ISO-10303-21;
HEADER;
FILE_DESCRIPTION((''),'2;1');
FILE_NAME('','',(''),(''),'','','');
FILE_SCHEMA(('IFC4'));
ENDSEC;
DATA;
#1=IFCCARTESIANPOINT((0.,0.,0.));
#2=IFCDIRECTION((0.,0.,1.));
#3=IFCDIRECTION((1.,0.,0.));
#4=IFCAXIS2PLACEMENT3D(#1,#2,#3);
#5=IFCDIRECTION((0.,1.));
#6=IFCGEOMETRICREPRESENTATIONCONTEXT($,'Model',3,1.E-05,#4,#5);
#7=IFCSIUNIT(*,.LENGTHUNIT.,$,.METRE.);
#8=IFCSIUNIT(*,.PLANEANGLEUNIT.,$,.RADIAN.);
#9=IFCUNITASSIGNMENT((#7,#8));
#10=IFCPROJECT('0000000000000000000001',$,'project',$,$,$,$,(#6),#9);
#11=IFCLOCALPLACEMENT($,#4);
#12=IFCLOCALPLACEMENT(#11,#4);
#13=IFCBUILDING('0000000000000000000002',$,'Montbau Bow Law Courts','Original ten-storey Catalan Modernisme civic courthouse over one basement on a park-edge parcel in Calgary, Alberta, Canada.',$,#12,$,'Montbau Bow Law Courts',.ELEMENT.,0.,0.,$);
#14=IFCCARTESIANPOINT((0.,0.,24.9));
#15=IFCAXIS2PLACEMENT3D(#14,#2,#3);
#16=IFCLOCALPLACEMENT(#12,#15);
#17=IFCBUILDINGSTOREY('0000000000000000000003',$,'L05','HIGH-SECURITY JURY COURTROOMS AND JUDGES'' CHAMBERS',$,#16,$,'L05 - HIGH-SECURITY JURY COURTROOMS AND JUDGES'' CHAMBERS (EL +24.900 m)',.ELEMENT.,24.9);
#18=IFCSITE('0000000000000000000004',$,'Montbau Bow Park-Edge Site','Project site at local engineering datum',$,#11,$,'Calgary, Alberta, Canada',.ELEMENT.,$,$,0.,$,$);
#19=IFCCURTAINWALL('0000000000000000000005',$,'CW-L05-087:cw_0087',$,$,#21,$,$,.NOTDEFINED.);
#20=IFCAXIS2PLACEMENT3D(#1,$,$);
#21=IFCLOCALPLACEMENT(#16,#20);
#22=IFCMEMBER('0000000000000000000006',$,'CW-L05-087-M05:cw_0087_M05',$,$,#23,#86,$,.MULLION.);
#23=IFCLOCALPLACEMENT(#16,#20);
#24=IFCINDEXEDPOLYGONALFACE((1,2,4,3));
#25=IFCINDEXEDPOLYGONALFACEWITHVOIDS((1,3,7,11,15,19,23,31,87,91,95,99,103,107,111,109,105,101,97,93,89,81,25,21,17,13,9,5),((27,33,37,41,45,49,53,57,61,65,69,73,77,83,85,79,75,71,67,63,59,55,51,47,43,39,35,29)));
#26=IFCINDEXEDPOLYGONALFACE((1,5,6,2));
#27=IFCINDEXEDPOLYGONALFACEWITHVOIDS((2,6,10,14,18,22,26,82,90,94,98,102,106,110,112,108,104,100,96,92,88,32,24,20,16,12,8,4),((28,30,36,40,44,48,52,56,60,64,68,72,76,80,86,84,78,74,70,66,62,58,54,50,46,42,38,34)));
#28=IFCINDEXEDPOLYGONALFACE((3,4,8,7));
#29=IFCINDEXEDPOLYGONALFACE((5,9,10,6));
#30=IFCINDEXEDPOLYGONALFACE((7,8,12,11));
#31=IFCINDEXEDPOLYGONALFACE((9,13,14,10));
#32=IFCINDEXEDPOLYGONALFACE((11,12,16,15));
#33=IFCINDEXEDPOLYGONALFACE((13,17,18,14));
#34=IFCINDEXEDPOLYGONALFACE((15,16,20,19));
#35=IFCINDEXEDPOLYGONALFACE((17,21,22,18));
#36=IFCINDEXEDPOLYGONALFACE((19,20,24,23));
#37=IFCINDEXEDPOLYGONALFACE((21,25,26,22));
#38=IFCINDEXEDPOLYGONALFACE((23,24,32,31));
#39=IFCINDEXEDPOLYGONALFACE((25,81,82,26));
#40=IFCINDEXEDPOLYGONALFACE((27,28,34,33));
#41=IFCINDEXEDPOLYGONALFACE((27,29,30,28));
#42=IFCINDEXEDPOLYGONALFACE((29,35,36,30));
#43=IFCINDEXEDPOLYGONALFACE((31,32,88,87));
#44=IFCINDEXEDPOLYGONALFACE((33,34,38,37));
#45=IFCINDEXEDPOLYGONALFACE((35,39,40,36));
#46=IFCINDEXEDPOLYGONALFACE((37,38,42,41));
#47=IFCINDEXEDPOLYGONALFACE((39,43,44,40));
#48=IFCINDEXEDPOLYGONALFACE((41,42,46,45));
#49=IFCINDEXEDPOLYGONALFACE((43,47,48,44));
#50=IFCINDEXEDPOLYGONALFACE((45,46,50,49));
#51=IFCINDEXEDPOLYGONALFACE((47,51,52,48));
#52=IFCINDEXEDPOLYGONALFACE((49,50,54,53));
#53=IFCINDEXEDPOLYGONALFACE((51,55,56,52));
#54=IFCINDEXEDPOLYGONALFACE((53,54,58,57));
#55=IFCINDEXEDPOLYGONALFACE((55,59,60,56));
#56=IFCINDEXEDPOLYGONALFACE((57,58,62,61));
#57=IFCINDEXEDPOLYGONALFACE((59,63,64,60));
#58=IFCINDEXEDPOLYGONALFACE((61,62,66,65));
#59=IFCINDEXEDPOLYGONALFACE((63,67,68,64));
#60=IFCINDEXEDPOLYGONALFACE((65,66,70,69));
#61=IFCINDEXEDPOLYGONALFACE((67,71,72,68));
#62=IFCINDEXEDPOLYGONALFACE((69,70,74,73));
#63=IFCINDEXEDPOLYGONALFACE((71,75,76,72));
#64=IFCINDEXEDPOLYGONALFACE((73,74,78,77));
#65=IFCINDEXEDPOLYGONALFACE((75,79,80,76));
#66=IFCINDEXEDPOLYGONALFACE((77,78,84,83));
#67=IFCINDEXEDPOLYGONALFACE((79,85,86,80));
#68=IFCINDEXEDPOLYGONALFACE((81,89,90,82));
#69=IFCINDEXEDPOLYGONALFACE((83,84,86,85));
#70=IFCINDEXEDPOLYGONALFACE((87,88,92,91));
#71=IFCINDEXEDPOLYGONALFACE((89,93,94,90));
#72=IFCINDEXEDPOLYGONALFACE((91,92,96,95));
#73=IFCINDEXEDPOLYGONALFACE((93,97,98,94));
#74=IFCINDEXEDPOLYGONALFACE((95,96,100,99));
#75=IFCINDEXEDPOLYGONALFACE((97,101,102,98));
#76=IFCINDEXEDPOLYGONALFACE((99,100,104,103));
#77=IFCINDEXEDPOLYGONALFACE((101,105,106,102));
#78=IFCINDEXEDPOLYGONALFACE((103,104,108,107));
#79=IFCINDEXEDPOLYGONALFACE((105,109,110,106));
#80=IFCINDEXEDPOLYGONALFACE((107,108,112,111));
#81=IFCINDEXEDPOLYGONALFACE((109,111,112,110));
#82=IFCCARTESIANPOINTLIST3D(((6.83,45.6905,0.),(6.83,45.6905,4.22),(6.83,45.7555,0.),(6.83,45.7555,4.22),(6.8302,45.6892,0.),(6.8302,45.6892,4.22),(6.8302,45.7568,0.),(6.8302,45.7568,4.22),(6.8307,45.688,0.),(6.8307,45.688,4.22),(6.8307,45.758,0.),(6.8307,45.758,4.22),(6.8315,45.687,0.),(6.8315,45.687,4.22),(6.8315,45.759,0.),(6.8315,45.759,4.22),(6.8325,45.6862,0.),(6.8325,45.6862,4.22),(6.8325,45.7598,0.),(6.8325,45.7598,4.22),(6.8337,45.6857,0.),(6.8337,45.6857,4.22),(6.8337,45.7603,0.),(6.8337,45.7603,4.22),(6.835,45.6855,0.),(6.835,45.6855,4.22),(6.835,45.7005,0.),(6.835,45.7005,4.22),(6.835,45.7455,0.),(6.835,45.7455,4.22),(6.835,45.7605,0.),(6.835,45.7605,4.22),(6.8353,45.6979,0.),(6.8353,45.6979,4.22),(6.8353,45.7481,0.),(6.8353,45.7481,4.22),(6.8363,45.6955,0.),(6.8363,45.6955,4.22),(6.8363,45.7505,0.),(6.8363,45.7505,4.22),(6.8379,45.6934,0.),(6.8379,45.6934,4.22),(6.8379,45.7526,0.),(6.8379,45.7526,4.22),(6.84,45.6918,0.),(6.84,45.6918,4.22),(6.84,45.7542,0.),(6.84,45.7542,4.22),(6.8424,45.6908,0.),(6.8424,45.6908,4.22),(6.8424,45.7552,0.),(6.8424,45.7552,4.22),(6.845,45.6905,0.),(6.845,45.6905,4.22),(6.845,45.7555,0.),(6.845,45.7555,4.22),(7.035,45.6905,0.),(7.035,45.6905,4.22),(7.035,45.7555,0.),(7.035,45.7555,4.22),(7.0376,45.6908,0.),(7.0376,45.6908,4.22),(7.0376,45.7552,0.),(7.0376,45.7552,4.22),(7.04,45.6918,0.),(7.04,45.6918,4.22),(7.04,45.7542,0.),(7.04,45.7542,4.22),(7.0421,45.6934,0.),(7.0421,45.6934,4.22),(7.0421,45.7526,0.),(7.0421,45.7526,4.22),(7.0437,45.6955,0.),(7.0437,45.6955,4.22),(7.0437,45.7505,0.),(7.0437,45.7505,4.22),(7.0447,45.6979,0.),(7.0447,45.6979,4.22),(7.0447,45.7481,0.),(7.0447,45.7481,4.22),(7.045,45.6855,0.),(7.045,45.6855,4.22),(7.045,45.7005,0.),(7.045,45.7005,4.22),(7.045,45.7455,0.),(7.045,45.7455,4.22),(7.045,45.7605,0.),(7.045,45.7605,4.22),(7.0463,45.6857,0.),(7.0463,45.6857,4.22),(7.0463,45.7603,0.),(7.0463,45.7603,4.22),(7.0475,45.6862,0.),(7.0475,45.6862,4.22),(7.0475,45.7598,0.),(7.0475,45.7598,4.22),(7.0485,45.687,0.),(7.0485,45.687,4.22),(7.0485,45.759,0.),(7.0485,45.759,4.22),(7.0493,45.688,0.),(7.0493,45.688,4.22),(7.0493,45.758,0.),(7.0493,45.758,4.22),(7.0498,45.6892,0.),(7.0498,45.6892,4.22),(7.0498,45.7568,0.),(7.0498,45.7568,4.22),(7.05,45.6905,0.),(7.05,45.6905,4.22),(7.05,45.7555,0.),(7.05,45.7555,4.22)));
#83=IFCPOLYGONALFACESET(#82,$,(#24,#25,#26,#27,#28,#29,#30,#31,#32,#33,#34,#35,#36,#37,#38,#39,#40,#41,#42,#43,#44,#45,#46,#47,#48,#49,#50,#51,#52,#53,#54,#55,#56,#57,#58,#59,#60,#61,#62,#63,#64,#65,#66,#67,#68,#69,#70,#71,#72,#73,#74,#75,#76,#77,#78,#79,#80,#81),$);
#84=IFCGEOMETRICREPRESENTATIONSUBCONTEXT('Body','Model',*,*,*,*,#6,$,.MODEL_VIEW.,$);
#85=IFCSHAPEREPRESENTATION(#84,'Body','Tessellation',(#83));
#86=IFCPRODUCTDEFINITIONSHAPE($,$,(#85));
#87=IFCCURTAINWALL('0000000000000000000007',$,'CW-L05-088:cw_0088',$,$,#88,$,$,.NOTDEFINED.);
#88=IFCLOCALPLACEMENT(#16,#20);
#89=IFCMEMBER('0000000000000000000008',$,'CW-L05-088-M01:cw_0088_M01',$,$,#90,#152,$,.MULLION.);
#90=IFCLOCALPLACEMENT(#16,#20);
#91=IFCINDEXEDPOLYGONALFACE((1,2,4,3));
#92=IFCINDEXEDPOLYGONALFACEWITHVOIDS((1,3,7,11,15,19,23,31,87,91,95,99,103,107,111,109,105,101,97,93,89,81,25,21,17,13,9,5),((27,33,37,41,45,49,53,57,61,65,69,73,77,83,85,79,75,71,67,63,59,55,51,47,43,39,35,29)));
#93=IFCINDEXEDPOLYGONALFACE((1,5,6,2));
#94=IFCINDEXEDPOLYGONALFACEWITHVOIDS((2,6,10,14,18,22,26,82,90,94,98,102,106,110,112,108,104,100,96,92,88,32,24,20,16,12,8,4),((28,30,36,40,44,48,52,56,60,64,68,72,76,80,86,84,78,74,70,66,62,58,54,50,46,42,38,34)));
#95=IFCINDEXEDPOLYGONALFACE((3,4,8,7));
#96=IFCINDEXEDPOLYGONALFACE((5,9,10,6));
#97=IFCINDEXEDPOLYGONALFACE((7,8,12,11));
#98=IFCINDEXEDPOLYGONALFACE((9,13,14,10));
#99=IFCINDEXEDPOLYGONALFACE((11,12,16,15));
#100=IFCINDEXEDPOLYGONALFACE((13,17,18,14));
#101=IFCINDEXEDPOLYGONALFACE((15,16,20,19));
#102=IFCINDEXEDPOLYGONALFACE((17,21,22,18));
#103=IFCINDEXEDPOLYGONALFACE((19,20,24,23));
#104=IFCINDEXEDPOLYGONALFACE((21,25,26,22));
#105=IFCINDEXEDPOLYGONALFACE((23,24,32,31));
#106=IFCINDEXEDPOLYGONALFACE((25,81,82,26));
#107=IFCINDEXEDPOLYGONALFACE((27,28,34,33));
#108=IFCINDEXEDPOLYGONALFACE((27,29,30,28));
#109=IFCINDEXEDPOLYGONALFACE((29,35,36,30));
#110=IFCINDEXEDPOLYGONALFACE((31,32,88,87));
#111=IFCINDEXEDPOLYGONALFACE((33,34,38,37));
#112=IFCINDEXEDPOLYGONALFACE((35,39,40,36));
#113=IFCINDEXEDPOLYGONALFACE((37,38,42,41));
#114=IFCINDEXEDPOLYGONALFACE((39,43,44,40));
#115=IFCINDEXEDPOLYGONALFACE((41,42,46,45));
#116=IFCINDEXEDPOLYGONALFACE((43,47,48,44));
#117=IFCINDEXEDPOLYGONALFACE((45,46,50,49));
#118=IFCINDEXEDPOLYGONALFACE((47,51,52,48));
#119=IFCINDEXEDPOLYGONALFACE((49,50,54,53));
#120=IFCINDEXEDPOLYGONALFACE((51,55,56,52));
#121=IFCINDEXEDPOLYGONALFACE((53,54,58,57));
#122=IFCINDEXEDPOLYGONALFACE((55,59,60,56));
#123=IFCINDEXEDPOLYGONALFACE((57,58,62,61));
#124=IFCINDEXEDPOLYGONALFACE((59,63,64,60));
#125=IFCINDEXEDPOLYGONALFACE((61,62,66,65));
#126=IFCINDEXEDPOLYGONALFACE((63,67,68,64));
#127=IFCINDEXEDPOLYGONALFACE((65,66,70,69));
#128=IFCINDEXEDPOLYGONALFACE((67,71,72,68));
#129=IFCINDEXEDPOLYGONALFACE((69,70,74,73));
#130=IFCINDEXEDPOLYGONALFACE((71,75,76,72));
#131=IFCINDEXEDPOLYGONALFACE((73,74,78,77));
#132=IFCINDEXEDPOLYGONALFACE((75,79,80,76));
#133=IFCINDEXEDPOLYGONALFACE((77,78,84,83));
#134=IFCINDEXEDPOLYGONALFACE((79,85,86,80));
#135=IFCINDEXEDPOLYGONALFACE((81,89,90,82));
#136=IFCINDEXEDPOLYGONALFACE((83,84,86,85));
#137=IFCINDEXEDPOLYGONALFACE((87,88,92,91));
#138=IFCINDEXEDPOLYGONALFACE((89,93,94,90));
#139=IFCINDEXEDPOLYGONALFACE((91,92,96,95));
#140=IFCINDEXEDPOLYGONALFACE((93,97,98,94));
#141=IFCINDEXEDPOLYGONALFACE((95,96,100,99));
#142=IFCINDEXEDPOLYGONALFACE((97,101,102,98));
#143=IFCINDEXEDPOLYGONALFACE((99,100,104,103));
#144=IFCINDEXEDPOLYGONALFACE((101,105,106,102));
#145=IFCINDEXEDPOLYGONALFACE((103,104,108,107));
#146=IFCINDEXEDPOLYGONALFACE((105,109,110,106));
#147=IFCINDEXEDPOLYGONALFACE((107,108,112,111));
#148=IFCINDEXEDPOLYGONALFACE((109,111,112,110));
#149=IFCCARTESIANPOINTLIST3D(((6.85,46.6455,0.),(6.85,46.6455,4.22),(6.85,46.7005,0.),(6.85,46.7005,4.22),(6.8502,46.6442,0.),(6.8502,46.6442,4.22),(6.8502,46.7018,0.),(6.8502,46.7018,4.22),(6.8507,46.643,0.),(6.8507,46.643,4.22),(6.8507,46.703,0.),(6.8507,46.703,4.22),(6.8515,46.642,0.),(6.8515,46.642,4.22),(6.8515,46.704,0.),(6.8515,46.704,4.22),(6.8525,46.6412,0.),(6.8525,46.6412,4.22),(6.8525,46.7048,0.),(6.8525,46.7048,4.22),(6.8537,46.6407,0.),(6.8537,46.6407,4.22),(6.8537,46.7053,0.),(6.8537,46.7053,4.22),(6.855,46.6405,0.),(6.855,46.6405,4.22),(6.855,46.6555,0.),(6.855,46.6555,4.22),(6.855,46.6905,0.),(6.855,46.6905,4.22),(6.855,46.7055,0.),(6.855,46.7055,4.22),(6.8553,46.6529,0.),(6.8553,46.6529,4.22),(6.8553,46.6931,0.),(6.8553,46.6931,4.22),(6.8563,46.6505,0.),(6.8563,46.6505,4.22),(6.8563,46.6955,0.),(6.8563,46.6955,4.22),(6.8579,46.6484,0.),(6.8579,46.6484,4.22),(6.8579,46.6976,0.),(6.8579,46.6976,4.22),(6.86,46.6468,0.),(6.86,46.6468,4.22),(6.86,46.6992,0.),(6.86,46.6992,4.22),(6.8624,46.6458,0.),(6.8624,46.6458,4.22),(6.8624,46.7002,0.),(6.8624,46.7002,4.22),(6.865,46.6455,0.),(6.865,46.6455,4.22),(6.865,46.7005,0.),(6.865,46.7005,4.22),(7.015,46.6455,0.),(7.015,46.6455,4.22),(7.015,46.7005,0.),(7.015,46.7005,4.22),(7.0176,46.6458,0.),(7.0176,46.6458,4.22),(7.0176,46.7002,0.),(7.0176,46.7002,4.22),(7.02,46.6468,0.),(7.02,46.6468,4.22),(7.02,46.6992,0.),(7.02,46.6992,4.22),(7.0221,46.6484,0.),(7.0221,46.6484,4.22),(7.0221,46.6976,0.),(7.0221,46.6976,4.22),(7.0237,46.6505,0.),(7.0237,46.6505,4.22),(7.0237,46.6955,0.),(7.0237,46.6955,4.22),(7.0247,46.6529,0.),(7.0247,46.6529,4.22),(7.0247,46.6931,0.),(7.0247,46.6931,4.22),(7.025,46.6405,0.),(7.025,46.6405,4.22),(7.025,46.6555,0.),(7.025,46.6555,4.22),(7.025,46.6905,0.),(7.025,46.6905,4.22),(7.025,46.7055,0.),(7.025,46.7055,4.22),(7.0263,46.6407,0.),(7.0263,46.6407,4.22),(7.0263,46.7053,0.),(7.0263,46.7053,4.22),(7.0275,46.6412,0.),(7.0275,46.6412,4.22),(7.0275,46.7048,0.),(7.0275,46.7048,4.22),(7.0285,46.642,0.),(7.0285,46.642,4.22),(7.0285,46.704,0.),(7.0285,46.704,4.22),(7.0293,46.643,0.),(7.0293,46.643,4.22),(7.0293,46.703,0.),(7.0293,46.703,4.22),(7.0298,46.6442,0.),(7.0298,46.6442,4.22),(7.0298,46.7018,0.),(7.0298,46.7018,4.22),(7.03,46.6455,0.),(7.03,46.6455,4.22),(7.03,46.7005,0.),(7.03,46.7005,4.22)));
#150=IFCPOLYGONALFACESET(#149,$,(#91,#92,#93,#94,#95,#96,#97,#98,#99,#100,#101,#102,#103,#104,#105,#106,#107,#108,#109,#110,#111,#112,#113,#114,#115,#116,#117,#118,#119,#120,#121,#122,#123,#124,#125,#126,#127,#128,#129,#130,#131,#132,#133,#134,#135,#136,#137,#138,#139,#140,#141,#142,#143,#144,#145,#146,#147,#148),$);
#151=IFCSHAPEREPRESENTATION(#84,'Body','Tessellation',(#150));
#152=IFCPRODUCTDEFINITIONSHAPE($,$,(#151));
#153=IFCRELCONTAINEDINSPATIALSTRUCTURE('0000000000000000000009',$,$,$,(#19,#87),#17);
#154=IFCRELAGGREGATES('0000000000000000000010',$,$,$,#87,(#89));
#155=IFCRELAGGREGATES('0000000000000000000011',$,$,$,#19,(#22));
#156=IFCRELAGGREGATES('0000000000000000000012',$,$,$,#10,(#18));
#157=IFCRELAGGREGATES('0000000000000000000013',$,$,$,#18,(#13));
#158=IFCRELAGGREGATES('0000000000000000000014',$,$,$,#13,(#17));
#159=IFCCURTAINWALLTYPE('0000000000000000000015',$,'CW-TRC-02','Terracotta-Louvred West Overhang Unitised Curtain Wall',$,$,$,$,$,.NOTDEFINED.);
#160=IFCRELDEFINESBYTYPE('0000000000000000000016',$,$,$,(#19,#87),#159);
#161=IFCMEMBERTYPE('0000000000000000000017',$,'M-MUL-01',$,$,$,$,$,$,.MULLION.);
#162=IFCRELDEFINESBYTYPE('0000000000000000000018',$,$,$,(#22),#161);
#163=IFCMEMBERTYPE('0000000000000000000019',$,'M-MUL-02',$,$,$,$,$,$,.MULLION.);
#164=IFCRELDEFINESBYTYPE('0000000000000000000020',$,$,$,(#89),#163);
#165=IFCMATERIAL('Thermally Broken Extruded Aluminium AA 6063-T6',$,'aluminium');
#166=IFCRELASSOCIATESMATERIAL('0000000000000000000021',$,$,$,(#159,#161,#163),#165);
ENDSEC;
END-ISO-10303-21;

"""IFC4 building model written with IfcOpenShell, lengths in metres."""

from ifc_helpers import new_model, si_unit, direction, frame, origin_with_axes, origin_2d_with_axis, place, context, subcontext, project, spatial, hollow_rectangle, extrude, material, material_profile, profile_set, type_object, element, aggregate, save


model = new_model("IFC4")

# Units and contexts
model_context = context("Model", 3, precision=1e-05, world=origin_with_axes(), true_north=direction((0.0, 1.0)))
body_context = subcontext(model_context, "Body", "Model", "MODEL_VIEW")
ifc_project = project(units=[si_unit("LENGTHUNIT", "METRE"), si_unit("PLANEANGLEUNIT", "RADIAN")], contexts=[model_context])

# Site, building, storey
site_placement = place(None, origin_with_axes())
site = spatial("IfcSite", under=ifc_project, at=site_placement, Name="Montbau Bow Park-Edge Site", Description="Project site at local engineering datum", LongName="Calgary, Alberta, Canada", CompositionType="ELEMENT", RefElevation=0.0)
building_placement = place(site_placement, origin_with_axes())
building = spatial("IfcBuilding", under=site, at=building_placement, Name="Montbau Bow Law Courts", Description="Original ten-storey Catalan Modernisme civic courthouse over one basement on a park-edge parcel in Calgary, Alberta, Canada.", LongName="Montbau Bow Law Courts", CompositionType="ELEMENT", ElevationOfRefHeight=0.0, ElevationOfTerrain=0.0)
storey_placement = place(building_placement, frame((0.0, 0.0, 24.9), z_axis=(0.0, 0.0, 1.0), x_axis=(1.0, 0.0, 0.0)))
storey = spatial("IfcBuildingStorey", under=building, at=storey_placement, Name="L05", Description="HIGH-SECURITY JURY COURTROOMS AND JUDGES' CHAMBERS", LongName="L05 - HIGH-SECURITY JURY COURTROOMS AND JUDGES' CHAMBERS (EL +24.900 m)", CompositionType="ELEMENT", Elevation=24.9)

# Curtain wall, member
ifc_material_1 = material(Name="Thermally Broken Extruded Aluminium AA 6063-T6", Category="aluminium")
curtain_wall_type = type_object("IfcCurtainWallType", Name="CW-TRC-02", Description="Terracotta-Louvred West Overhang Unitised Curtain Wall", PredefinedType="NOTDEFINED", material=ifc_material_1)
curtain_wall_1_placement = place(None, frame((6.94, 39.44, 24.9), z_axis=(0.0, 0.0, 1.0), x_axis=(1.0, 0.0, 0.0)))
curtain_wall_1 = element("IfcCurtainWall", 1, at=curtain_wall_1_placement, inside=storey, type_object=curtain_wall_type, Name="CW-L05-087:cw_0087", PredefinedType="NOTDEFINED")
ifc_material_profile_1 = material_profile(ifc_material_1, hollow_rectangle(XDim=0.075, YDim=0.22, WallThickness=0.005, InnerFilletRadius=0.01, OuterFilletRadius=0.005, at=origin_2d_with_axis()), Name="CWM-220X75", Category="Main", Priority=0)
ifc_profile_set_1 = profile_set([ifc_material_profile_1], Name="Thermally Broken Extruded Aluminium AA 6063-T6")
member_type_1 = type_object("IfcMemberType", Name="M-MUL-01", PredefinedType="MULLION", material=ifc_profile_set_1)
member_1_placement = place(None, frame((6.94, 45.723, 24.9), z_axis=(0.0, 0.0, 1.0), x_axis=(0.0, 1.0, 0.0)))
member_1 = element("IfcMember", 2, at=member_1_placement, type_object=member_type_1, Name="CW-L05-087-M05:cw_0087_M05", PredefinedType="MULLION", context=body_context, shape_type="SweptSolid", body=[
    extrude(hollow_rectangle(XDim=0.075, YDim=0.22, WallThickness=0.005, InnerFilletRadius=0.01, OuterFilletRadius=0.005, at=origin_2d_with_axis()), origin_with_axes(), (0.0, 0.0, 1.0), 4.22),
])

# Curtain wall, member
curtain_wall_2_placement = place(None, frame((6.94, 46.64, 24.9), z_axis=(0.0, 0.0, 1.0), x_axis=(1.0, 0.0, 0.0)))
curtain_wall_2 = element("IfcCurtainWall", 3, at=curtain_wall_2_placement, inside=storey, type_object=curtain_wall_type, Name="CW-L05-088:cw_0088", PredefinedType="NOTDEFINED")
ifc_material_profile_2 = material_profile(ifc_material_1, hollow_rectangle(XDim=0.065, YDim=0.18, WallThickness=0.005, InnerFilletRadius=0.01, OuterFilletRadius=0.005, at=origin_2d_with_axis()), Name="CWM-180X65", Category="Main", Priority=0)
ifc_profile_set_2 = profile_set([ifc_material_profile_2], Name="Thermally Broken Extruded Aluminium AA 6063-T6")
member_type_2 = type_object("IfcMemberType", Name="M-MUL-02", PredefinedType="MULLION", material=ifc_profile_set_2)
member_2_placement = place(None, frame((6.94, 46.673, 24.9), z_axis=(0.0, 0.0, 1.0), x_axis=(0.0, 1.0, 0.0)))
member_2 = element("IfcMember", 4, at=member_2_placement, type_object=member_type_2, Name="CW-L05-088-M01:cw_0088_M01", PredefinedType="MULLION", context=body_context, shape_type="SweptSolid", body=[
    extrude(hollow_rectangle(XDim=0.065, YDim=0.18, WallThickness=0.005, InnerFilletRadius=0.01, OuterFilletRadius=0.005, at=origin_2d_with_axis()), origin_with_axes(), (0.0, 0.0, 1.0), 4.22),
])
aggregate(curtain_wall_2, [member_2])

aggregate(curtain_wall_1, [member_1])

save(model, "model.ifc")
